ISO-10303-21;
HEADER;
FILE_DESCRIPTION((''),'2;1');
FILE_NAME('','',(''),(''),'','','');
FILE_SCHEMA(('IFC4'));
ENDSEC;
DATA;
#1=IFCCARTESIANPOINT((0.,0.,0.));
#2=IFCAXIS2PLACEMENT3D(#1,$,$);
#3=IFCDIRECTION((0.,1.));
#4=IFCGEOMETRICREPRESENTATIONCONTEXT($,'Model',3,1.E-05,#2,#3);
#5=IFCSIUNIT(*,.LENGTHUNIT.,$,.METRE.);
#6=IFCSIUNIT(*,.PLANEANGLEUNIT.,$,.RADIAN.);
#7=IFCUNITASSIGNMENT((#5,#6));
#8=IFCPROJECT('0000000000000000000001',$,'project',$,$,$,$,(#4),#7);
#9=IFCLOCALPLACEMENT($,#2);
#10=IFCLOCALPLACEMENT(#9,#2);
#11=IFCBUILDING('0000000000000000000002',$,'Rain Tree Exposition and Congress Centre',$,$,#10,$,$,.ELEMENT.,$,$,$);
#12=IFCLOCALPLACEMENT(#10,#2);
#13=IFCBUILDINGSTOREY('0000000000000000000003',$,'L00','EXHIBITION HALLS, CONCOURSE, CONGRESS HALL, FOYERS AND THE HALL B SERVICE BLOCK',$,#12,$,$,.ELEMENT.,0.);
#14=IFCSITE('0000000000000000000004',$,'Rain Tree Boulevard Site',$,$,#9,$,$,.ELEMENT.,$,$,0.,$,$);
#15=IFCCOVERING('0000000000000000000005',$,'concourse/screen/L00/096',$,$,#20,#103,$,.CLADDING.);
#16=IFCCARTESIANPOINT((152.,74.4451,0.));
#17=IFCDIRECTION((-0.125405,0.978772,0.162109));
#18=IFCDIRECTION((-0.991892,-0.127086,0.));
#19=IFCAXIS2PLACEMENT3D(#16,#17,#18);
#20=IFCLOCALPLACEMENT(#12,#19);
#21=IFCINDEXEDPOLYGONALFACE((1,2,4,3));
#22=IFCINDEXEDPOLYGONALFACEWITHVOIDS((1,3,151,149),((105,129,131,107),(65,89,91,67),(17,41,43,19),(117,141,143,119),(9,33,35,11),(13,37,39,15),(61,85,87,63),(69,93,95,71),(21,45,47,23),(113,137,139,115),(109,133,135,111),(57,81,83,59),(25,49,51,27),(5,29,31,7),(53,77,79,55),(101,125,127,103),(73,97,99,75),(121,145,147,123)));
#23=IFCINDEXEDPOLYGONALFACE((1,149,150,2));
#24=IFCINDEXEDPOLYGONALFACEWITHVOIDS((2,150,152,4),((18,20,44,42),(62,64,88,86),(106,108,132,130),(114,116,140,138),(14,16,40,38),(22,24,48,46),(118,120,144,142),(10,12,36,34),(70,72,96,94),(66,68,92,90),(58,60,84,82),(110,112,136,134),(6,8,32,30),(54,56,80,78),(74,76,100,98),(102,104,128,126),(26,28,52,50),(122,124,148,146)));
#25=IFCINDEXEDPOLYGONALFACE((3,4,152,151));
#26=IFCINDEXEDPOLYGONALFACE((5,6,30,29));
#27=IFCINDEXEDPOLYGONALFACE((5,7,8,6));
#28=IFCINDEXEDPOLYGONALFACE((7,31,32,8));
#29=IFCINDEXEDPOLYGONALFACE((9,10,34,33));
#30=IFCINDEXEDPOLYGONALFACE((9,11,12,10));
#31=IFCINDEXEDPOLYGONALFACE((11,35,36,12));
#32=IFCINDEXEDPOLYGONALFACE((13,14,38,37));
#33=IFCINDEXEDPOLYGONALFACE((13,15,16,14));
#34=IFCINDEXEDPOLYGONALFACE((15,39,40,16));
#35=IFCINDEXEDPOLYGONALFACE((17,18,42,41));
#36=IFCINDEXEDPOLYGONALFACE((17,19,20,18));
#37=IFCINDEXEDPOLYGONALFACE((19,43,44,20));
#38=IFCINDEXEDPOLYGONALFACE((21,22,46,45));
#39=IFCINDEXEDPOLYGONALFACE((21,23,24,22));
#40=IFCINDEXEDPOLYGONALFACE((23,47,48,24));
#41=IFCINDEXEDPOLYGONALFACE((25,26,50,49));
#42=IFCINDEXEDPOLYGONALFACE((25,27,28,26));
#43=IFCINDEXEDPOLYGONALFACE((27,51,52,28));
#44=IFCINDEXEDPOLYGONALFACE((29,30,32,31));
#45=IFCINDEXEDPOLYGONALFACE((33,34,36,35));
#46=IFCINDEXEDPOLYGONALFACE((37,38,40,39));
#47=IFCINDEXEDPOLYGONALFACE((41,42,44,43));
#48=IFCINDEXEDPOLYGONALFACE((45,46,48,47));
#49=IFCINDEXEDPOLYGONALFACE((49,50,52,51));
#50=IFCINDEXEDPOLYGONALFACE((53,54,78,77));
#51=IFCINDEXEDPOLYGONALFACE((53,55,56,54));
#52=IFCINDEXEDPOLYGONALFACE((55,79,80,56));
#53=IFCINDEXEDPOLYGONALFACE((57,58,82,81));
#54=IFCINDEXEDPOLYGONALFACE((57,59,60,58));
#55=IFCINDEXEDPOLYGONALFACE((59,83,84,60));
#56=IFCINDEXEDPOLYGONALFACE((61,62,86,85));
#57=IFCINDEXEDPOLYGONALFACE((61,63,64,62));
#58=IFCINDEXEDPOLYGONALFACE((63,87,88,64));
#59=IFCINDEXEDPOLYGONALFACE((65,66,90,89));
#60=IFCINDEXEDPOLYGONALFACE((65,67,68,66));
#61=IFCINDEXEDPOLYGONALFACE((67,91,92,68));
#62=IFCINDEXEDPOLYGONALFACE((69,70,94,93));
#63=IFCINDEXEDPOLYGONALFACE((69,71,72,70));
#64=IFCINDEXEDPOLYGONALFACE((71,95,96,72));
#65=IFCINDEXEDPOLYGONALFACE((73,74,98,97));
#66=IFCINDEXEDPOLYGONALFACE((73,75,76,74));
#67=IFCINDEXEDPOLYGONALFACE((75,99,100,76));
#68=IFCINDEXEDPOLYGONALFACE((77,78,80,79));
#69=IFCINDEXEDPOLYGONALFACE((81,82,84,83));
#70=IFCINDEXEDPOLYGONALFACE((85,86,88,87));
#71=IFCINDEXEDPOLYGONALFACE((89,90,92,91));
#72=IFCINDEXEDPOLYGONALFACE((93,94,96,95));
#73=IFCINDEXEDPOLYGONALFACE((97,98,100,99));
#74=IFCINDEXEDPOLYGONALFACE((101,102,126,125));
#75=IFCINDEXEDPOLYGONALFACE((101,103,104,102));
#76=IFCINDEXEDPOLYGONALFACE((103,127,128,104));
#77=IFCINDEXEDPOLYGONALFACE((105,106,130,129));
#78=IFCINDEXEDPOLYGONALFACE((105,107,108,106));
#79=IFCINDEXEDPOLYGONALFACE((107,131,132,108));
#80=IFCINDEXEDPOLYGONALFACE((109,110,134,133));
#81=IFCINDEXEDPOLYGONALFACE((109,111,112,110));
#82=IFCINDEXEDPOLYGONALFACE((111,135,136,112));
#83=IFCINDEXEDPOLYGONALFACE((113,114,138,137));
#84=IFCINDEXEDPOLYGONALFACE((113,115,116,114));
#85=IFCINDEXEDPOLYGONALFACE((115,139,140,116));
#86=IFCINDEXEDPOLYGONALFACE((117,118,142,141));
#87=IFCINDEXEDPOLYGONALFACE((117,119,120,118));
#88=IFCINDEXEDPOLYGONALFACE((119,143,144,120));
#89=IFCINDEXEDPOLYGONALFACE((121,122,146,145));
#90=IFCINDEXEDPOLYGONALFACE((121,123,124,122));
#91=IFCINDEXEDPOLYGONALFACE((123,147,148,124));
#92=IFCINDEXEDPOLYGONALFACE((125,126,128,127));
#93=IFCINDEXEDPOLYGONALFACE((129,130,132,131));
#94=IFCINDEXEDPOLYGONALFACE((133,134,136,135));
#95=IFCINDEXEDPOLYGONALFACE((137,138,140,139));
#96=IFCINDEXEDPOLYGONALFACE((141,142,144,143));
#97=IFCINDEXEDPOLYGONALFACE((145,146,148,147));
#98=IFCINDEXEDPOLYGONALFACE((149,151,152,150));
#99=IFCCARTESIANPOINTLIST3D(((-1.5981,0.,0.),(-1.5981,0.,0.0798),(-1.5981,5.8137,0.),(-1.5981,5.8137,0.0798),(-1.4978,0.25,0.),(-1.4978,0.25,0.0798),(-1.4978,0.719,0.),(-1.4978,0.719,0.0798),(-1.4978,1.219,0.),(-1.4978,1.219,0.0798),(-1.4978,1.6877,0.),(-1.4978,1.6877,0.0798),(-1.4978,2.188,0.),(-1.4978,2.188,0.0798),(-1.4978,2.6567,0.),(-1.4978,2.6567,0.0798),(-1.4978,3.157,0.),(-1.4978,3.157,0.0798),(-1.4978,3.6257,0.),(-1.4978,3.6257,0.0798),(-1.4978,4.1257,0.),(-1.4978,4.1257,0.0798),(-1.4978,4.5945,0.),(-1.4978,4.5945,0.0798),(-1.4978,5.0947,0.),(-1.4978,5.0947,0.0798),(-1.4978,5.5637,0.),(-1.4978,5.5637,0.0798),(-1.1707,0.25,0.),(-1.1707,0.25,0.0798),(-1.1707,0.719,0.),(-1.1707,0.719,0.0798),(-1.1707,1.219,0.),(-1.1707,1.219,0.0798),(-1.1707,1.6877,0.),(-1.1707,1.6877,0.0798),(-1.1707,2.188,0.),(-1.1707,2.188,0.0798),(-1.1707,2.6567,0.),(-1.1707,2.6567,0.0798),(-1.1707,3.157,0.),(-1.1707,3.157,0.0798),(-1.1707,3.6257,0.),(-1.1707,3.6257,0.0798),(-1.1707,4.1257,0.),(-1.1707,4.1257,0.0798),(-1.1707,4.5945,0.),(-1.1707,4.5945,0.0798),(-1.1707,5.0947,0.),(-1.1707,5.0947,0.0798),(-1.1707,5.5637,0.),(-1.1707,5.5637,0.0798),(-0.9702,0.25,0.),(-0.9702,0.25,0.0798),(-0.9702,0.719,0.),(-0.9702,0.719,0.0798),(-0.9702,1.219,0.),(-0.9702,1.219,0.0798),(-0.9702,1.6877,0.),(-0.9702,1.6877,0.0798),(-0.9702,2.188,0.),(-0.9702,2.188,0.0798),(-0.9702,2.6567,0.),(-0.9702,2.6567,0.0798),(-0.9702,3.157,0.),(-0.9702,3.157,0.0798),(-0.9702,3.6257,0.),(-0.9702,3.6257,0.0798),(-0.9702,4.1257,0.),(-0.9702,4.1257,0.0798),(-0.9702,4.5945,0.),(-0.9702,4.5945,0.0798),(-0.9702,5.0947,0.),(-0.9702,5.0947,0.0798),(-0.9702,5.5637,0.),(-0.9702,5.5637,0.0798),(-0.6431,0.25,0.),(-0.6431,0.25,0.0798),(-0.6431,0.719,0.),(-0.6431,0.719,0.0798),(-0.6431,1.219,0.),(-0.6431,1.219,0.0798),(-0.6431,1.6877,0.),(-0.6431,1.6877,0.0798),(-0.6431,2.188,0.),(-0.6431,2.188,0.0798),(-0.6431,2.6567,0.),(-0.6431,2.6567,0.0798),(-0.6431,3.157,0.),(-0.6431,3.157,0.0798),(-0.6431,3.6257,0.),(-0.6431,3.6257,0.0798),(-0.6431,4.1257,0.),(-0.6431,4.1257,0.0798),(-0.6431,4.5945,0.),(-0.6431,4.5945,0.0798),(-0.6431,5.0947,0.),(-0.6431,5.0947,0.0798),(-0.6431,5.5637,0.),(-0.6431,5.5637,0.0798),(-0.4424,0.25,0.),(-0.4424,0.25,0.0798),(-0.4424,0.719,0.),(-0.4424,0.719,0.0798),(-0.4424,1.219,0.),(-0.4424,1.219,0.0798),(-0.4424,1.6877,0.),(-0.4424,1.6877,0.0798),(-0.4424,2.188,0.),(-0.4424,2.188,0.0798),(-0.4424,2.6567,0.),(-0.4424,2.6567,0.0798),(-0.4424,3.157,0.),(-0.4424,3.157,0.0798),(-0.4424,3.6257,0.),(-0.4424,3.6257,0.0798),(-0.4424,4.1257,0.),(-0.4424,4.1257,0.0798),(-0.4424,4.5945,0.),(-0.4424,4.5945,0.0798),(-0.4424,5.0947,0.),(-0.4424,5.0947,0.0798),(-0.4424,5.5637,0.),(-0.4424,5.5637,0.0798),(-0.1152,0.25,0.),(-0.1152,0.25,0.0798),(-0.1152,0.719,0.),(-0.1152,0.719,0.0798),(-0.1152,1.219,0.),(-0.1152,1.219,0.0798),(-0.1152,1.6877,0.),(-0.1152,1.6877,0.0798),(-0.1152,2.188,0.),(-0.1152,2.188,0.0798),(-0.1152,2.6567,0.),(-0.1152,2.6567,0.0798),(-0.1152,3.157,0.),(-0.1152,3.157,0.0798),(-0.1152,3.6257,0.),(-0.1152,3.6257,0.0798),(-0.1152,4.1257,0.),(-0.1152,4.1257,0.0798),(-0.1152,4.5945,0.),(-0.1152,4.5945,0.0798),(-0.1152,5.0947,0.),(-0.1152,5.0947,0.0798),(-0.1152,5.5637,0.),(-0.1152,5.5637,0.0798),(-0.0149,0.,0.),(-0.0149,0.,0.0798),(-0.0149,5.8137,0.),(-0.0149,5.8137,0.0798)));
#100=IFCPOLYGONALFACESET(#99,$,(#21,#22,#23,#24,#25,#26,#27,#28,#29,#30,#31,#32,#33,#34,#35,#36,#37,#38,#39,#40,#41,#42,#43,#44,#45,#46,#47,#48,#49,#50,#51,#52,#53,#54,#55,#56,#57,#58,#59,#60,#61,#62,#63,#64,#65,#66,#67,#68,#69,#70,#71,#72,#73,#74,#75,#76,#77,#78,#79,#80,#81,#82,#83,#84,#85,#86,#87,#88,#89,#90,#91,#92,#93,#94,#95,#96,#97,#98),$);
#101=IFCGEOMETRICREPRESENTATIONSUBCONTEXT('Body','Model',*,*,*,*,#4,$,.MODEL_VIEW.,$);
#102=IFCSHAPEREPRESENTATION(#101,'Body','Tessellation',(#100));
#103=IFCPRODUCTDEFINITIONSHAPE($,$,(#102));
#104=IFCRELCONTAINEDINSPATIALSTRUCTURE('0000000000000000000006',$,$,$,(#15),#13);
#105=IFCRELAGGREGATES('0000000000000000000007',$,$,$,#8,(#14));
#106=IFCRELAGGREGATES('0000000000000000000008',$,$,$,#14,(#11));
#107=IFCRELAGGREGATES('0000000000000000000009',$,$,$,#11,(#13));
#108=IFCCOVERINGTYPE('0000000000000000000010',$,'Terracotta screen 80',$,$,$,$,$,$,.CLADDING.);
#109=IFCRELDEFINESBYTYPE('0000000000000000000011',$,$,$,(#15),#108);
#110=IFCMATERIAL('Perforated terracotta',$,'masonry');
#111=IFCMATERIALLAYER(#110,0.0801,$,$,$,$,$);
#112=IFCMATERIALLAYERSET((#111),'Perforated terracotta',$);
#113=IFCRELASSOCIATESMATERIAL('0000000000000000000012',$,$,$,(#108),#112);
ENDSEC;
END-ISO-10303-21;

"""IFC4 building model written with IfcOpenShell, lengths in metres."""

from ifc_helpers import new_model, si_unit, direction, frame, origin, place, context, subcontext, project, spatial, polyline, outline, extrude, material, layer, layer_set, type_object, element, save


model = new_model("IFC4")

# Units and contexts
model_context = context("Model", 3, precision=1e-05, world=origin(), true_north=direction((0.0, 1.0)))
body_context = subcontext(model_context, "Body", "Model", "MODEL_VIEW")
ifc_project = project(units=[si_unit("LENGTHUNIT", "METRE"), si_unit("PLANEANGLEUNIT", "RADIAN")], contexts=[model_context])

# Site, building, storey
site_placement = place(None, origin())
site = spatial("IfcSite", under=ifc_project, at=site_placement, Name="Rain Tree Boulevard Site", CompositionType="ELEMENT", RefElevation=0.0)
building_placement = place(site_placement, origin())
building = spatial("IfcBuilding", under=site, at=building_placement, Name="Rain Tree Exposition and Congress Centre", CompositionType="ELEMENT")
storey_placement = place(building_placement, origin())
storey = spatial("IfcBuildingStorey", under=building, at=storey_placement, Name="L00", Description="EXHIBITION HALLS, CONCOURSE, CONGRESS HALL, FOYERS AND THE HALL B SERVICE BLOCK", CompositionType="ELEMENT", Elevation=0.0)

# Covering
ifc_material_1 = material(Name="Perforated terracotta", Category="masonry")
ifc_layer_1 = layer(ifc_material_1, 0.0801)
ifc_layer_set_1 = layer_set([ifc_layer_1], Name="Perforated terracotta")
covering_type = type_object("IfcCoveringType", Name="Terracotta screen 80", PredefinedType="CLADDING", material=ifc_layer_set_1)
covering_1_placement = place(storey_placement, frame((152.0, 74.4451, 0.0), z_axis=(-0.125405, 0.978772, 0.162109), x_axis=(-0.991892, -0.127086, 0.0)))
element("IfcCovering", 1, at=covering_1_placement, inside=storey, type_object=covering_type, Name="concourse/screen/L00/096", PredefinedType="CLADDING", context=body_context, shape_type="SweptSolid", body=[
    extrude(outline(polyline([(-0.0149, 0.0), (-1.5981, 0.0), (-1.5981, 5.8137), (-0.0149, 5.8137), (-0.0149, 0.0)]), holes=[polyline([(-0.1152, 0.25), (-0.1152, 0.719), (-0.4424, 0.719), (-0.4424, 0.25), (-0.1152, 0.25)]), polyline([(-0.1152, 1.219), (-0.1152, 1.6877), (-0.4424, 1.6877), (-0.4424, 1.219), (-0.1152, 1.219)]), polyline([(-0.1152, 2.188), (-0.1152, 2.6567), (-0.4424, 2.6567), (-0.4424, 2.188), (-0.1152, 2.188)]), polyline([(-0.1152, 3.157), (-0.1152, 3.6257), (-0.4424, 3.6257), (-0.4424, 3.157), (-0.1152, 3.157)]), polyline([(-0.1152, 4.1257), (-0.1152, 4.5945), (-0.4424, 4.5945), (-0.4424, 4.1257), (-0.1152, 4.1257)]), polyline([(-0.1152, 5.0947), (-0.1152, 5.5637), (-0.4424, 5.5637), (-0.4424, 5.0947), (-0.1152, 5.0947)]), polyline([(-0.6431, 0.25), (-0.6431, 0.719), (-0.9702, 0.719), (-0.9702, 0.25), (-0.6431, 0.25)]), polyline([(-0.6431, 1.219), (-0.6431, 1.6877), (-0.9702, 1.6877), (-0.9702, 1.219), (-0.6431, 1.219)]), polyline([(-0.6431, 2.188), (-0.6431, 2.6567), (-0.9702, 2.6567), (-0.9702, 2.188), (-0.6431, 2.188)]), polyline([(-0.6431, 3.157), (-0.6431, 3.6257), (-0.9702, 3.6257), (-0.9702, 3.157), (-0.6431, 3.157)]), polyline([(-0.6431, 4.1257), (-0.6431, 4.5945), (-0.9702, 4.5945), (-0.9702, 4.1257), (-0.6431, 4.1257)]), polyline([(-0.6431, 5.0947), (-0.6431, 5.5637), (-0.9702, 5.5637), (-0.9702, 5.0947), (-0.6431, 5.0947)]), polyline([(-1.1707, 0.25), (-1.1707, 0.719), (-1.4978, 0.719), (-1.4978, 0.25), (-1.1707, 0.25)]), polyline([(-1.1707, 1.219), (-1.1707, 1.6877), (-1.4978, 1.6877), (-1.4978, 1.219), (-1.1707, 1.219)]), polyline([(-1.1707, 2.188), (-1.1707, 2.6567), (-1.4978, 2.6567), (-1.4978, 2.188), (-1.1707, 2.188)]), polyline([(-1.1707, 3.157), (-1.1707, 3.6257), (-1.4978, 3.6257), (-1.4978, 3.157), (-1.1707, 3.157)]), polyline([(-1.1707, 4.1257), (-1.1707, 4.5945), (-1.4978, 4.5945), (-1.4978, 4.1257), (-1.1707, 4.1257)]), polyline([(-1.1707, 5.0947), (-1.1707, 5.5637), (-1.4978, 5.5637), (-1.4978, 5.0947), (-1.1707, 5.0947)])]), origin(), (0.0, 0.0, 1.0), 0.0798),
])

save(model, "model.ifc")
